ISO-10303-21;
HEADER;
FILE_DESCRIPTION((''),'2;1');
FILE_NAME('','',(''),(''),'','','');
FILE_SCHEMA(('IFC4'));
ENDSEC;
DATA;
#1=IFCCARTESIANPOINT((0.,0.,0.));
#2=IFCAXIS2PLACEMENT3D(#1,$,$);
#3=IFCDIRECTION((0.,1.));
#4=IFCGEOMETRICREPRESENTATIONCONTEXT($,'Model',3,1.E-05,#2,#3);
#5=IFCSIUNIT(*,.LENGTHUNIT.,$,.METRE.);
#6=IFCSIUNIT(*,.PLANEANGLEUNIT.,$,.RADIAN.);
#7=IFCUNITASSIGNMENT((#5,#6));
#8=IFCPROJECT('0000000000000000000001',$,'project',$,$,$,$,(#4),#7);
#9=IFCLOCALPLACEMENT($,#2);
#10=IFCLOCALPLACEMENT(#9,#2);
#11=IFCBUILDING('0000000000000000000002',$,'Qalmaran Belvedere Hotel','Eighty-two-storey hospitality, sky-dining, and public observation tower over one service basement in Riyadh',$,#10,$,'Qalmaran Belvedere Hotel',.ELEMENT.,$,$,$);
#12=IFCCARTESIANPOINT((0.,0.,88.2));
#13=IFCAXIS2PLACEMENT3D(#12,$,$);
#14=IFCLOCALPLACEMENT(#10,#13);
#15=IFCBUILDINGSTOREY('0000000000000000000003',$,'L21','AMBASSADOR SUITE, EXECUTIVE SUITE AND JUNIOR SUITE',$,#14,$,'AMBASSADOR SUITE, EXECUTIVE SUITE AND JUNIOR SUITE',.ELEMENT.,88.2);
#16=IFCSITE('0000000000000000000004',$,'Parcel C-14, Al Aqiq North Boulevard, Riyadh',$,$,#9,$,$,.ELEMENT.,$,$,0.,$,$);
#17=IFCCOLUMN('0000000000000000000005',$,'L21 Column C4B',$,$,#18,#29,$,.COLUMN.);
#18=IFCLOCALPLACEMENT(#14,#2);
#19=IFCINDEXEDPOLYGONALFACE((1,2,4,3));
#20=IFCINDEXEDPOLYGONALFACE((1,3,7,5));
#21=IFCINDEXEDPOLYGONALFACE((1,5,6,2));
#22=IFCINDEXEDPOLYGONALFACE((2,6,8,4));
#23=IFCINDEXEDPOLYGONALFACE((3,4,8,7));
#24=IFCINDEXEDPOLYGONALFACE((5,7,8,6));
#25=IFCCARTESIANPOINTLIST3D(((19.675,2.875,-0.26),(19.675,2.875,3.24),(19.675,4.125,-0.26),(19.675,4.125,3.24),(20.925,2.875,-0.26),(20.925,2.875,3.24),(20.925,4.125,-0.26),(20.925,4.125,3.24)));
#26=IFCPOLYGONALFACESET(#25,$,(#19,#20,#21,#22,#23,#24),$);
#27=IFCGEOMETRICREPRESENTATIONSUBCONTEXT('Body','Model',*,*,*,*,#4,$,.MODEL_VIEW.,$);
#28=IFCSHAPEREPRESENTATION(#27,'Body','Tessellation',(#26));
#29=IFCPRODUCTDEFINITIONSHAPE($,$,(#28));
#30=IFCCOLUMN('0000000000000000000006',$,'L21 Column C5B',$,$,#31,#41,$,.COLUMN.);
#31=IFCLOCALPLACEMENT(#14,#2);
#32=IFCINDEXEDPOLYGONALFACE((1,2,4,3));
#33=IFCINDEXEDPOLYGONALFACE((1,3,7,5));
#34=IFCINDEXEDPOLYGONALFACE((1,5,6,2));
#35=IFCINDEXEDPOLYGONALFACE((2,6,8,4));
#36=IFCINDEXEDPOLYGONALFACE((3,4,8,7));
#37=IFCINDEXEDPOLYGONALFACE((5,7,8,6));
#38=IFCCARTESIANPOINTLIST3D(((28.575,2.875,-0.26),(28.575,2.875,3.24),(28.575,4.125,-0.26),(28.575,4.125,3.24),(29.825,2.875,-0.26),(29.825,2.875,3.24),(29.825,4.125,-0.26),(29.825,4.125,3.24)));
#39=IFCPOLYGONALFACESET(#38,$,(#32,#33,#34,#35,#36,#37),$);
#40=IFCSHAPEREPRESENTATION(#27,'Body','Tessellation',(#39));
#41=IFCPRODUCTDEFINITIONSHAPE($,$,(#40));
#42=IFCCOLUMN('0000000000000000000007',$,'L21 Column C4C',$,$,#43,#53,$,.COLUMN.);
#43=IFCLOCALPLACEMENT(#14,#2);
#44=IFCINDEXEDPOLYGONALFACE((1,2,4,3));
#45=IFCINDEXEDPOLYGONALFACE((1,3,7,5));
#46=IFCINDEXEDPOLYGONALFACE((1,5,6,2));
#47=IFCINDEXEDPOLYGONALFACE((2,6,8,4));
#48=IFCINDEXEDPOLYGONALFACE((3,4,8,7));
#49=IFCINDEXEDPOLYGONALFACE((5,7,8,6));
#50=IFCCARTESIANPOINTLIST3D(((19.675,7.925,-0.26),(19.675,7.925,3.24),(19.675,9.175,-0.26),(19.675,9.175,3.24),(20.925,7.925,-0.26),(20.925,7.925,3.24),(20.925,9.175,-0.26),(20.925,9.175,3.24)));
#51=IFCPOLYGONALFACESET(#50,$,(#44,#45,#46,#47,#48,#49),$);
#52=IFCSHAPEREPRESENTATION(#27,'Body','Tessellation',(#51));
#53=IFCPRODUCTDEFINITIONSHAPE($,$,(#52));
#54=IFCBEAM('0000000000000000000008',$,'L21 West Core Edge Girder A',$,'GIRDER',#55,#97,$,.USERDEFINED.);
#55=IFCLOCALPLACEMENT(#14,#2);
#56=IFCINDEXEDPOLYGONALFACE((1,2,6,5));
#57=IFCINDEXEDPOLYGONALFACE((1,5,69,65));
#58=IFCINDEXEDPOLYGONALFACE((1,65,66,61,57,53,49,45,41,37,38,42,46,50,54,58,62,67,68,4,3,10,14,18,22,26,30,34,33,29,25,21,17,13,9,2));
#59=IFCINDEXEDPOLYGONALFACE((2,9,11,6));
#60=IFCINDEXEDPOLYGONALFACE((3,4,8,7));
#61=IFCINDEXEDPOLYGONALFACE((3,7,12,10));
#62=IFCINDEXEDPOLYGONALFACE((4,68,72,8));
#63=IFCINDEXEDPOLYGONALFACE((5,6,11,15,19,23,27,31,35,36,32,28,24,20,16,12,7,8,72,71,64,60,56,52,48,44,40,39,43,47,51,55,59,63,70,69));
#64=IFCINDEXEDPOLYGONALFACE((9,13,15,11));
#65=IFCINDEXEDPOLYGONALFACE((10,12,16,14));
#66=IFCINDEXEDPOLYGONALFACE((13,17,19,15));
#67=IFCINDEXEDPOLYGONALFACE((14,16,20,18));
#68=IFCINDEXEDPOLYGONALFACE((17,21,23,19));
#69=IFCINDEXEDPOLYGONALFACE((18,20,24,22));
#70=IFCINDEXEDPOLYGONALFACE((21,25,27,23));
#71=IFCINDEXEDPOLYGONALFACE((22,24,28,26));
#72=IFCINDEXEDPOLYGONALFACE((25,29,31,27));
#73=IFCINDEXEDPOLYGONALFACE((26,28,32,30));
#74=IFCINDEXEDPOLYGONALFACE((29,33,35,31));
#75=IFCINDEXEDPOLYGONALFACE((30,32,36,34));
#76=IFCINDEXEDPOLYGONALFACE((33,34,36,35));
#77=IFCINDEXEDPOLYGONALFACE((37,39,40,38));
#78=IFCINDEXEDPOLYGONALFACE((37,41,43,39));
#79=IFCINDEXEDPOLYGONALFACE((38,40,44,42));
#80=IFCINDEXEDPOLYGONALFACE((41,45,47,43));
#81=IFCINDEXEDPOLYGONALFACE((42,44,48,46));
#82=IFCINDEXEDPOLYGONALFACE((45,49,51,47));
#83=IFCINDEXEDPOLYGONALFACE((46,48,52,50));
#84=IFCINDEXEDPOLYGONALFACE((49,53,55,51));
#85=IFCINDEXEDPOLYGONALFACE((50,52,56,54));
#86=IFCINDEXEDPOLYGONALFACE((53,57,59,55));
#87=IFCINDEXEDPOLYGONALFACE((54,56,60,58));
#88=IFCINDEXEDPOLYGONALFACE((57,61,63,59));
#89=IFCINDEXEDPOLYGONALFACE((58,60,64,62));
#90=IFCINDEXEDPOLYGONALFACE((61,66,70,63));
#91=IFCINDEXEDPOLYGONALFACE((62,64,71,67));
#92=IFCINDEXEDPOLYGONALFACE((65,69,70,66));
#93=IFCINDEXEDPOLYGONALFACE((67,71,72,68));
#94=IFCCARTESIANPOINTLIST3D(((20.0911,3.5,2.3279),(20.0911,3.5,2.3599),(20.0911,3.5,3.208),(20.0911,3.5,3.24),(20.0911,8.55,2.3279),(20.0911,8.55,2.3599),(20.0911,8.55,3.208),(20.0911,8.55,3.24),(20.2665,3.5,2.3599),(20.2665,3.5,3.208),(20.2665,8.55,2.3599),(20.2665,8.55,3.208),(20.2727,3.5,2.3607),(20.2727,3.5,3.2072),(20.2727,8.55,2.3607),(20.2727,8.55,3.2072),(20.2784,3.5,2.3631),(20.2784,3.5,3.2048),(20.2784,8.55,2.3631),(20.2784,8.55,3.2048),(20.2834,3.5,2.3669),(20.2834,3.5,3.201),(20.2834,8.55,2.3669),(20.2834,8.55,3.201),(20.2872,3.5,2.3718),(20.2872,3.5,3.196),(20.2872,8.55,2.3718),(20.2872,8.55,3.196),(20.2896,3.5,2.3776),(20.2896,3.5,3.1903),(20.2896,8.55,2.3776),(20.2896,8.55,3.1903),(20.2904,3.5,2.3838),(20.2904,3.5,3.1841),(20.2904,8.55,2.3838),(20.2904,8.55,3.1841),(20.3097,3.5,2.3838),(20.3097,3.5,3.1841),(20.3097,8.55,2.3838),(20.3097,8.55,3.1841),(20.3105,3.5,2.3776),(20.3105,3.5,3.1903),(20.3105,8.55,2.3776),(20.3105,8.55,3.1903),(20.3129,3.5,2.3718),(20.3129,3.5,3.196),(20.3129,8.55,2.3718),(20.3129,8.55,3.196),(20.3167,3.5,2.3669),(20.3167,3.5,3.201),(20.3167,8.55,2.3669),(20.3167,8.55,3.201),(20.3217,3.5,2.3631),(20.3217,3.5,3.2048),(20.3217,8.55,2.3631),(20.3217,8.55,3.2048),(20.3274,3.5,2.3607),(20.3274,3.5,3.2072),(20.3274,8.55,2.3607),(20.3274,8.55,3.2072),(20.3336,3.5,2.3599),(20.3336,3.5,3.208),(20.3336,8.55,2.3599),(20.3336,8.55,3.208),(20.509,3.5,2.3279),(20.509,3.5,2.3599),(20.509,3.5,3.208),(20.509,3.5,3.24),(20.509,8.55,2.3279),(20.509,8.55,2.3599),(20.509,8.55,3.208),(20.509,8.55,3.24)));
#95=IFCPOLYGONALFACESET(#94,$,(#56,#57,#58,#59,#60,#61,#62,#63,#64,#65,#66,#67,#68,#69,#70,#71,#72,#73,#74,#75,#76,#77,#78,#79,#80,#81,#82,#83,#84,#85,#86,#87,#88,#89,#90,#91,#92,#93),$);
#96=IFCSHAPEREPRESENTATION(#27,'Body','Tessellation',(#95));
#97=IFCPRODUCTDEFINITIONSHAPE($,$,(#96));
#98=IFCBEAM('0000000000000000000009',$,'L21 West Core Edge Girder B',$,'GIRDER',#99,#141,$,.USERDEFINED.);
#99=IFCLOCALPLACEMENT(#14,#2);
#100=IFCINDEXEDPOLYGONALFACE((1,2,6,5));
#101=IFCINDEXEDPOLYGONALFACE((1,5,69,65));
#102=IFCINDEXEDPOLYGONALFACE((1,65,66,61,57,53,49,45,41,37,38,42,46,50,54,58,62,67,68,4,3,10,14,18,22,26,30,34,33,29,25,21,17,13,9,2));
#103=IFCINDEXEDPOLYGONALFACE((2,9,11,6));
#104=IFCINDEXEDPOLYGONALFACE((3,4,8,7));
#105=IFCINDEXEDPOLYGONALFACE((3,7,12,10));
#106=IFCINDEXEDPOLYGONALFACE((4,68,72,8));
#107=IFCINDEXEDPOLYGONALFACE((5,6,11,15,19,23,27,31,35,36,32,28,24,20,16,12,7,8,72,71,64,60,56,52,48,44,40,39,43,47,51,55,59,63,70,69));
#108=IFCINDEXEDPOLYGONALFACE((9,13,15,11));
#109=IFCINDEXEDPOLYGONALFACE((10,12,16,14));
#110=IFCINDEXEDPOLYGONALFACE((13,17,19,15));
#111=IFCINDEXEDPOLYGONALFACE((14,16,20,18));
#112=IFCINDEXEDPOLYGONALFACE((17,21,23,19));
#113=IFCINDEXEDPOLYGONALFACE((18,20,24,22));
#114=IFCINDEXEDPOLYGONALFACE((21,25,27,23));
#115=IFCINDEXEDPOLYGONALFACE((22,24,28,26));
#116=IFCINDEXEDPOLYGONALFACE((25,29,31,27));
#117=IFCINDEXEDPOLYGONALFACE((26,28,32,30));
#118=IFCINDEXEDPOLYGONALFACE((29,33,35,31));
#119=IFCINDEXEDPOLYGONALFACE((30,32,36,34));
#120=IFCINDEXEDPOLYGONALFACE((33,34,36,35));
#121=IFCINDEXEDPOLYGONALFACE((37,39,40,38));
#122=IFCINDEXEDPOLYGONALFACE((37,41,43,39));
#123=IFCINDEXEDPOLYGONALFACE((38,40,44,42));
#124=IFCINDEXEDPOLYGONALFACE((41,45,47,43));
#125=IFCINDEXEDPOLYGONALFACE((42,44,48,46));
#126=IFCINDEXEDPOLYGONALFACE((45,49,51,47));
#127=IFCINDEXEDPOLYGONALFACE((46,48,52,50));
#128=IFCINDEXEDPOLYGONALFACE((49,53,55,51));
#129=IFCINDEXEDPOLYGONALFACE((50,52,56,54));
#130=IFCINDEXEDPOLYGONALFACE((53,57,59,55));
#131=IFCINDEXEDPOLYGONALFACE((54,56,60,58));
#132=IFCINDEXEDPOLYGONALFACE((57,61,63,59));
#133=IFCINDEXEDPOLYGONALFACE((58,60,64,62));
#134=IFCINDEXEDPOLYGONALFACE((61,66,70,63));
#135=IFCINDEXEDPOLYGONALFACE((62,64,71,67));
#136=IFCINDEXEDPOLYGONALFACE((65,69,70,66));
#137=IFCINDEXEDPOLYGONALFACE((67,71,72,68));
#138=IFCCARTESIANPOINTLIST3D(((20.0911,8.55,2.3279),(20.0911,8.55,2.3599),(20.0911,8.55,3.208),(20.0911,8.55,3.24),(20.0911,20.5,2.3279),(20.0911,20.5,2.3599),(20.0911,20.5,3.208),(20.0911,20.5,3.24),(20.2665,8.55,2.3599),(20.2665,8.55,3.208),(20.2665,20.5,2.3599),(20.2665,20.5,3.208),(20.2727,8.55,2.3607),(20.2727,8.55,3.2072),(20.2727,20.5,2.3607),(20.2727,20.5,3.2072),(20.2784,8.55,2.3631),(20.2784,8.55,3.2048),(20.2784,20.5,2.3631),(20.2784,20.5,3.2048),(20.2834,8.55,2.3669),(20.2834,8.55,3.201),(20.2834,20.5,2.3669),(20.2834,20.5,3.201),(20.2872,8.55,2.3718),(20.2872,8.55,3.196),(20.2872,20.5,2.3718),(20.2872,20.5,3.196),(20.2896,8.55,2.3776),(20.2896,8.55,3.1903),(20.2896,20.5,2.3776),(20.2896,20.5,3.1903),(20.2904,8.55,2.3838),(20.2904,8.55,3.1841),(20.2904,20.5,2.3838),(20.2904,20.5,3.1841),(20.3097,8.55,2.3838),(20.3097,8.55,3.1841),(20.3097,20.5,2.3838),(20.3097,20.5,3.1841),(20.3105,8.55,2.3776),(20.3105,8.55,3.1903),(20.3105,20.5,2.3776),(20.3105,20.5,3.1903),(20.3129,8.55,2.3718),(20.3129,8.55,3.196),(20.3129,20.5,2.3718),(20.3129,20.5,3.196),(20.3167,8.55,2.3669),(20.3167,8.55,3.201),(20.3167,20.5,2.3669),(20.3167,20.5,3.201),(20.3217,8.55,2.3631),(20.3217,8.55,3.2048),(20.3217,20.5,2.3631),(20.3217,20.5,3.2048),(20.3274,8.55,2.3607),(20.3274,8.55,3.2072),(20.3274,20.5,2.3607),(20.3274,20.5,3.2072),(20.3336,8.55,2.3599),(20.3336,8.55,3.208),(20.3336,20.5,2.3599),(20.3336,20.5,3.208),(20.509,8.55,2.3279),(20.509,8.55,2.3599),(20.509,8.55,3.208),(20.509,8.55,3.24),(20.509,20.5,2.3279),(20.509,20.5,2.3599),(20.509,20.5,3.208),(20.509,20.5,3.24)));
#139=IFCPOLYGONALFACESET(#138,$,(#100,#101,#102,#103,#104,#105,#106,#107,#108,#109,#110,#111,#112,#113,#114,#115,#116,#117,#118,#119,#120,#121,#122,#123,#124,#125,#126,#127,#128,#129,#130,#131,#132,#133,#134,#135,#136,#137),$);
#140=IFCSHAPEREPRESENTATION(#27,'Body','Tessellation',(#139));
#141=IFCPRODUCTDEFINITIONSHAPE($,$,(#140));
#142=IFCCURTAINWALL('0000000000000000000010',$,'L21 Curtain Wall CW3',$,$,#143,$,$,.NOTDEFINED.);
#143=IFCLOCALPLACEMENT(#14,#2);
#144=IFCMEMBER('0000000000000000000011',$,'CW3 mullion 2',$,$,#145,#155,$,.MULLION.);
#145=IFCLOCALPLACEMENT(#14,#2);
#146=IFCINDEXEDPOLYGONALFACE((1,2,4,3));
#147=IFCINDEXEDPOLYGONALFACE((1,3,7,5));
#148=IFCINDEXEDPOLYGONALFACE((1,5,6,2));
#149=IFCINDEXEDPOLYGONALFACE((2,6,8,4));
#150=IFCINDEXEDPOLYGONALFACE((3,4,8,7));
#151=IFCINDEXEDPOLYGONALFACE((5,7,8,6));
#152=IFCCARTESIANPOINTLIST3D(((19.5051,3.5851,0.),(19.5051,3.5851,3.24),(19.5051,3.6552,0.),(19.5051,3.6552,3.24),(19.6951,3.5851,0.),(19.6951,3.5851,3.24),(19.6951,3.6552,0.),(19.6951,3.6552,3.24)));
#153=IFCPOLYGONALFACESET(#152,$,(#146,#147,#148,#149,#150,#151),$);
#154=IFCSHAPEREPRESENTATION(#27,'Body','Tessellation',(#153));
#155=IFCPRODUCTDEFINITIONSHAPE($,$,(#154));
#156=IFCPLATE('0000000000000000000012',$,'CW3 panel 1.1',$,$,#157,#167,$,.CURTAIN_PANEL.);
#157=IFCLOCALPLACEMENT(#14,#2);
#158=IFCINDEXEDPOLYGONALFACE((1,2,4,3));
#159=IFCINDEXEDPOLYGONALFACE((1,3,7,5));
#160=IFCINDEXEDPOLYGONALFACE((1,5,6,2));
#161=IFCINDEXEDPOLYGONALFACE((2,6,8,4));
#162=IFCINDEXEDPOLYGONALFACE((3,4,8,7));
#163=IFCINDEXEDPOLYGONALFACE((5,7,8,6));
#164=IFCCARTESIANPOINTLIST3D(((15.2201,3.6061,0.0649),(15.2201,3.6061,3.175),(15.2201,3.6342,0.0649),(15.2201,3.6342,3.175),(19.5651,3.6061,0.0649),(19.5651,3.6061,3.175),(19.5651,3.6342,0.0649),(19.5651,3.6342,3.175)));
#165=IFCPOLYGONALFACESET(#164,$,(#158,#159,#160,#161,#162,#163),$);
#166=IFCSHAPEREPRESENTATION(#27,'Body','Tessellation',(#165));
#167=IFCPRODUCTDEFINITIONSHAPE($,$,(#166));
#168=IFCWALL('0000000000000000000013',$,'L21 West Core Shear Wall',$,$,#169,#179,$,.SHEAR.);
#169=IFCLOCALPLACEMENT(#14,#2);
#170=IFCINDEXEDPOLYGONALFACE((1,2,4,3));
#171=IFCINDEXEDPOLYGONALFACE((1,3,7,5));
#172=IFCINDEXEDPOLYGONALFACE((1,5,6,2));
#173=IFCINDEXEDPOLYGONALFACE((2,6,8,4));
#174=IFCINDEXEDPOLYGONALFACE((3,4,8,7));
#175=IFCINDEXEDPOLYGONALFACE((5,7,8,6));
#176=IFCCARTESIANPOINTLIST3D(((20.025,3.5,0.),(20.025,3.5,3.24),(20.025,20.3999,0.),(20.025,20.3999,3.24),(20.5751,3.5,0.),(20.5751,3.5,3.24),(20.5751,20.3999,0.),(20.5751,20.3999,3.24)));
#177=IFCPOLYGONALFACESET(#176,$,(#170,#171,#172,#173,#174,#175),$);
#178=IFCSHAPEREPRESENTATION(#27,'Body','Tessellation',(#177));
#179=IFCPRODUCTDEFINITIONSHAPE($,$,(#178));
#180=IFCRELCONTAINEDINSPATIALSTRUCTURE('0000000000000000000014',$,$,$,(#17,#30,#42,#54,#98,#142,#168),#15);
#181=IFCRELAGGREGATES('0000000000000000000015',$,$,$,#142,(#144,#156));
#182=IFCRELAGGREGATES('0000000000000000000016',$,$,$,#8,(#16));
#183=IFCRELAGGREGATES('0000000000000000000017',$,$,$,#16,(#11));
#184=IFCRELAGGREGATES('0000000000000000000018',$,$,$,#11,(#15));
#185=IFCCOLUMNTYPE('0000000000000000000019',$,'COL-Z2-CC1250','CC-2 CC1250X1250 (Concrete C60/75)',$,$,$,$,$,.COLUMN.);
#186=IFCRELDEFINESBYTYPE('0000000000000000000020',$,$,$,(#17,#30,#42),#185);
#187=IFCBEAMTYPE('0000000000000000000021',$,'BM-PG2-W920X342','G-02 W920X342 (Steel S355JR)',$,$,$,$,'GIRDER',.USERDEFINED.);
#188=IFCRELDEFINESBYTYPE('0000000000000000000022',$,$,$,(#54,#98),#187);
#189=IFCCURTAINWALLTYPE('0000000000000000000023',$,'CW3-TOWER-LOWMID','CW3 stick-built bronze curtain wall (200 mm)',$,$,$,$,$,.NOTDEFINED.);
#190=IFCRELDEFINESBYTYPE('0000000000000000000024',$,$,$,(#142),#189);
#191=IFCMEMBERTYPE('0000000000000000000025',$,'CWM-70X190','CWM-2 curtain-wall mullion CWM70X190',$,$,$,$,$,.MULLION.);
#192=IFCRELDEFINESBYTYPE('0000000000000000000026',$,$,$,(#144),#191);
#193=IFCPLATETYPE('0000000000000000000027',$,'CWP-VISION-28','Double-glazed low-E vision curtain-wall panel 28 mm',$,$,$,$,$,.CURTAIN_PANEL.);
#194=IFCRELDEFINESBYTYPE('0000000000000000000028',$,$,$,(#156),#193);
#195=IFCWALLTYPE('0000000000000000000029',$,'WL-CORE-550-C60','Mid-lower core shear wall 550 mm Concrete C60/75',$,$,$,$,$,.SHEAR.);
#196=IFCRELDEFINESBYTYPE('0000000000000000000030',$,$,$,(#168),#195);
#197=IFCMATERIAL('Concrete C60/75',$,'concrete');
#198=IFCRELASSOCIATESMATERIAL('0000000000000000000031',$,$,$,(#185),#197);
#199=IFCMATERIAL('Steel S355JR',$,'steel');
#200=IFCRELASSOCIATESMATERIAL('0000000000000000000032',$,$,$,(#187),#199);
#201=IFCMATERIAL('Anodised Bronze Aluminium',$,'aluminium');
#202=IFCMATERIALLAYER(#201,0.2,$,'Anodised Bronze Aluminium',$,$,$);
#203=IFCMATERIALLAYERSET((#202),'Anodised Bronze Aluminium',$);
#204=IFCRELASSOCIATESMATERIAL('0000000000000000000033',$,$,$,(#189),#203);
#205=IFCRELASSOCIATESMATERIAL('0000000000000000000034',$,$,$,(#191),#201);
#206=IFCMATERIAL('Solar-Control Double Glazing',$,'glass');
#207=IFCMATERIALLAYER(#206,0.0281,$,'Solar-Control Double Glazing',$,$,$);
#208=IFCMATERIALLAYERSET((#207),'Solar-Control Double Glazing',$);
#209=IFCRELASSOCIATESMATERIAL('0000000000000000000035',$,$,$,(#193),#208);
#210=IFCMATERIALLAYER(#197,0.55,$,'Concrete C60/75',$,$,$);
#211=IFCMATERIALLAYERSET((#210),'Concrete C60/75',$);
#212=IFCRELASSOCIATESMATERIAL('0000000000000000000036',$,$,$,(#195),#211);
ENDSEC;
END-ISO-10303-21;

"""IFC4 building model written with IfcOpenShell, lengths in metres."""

from ifc_helpers import new_model, si_unit, direction, frame, frame_2d, origin, origin_2d, place, context, subcontext, project, spatial, rectangle, i_section, extrude, material, layer, layer_set, material_profile, profile_set, type_object, element, aggregate, save


model = new_model("IFC4")

# Units and contexts
model_context = context("Model", 3, precision=1e-05, world=origin(), true_north=direction((0.0, 1.0)))
body_context = subcontext(model_context, "Body", "Model", "MODEL_VIEW")
ifc_project = project(units=[si_unit("LENGTHUNIT", "METRE"), si_unit("PLANEANGLEUNIT", "RADIAN")], contexts=[model_context])

# Site, building, storey
site_placement = place(None, origin())
site = spatial("IfcSite", under=ifc_project, at=site_placement, Name="Parcel C-14, Al Aqiq North Boulevard, Riyadh", CompositionType="ELEMENT", RefElevation=0.0)
building_placement = place(site_placement, origin())
building = spatial("IfcBuilding", under=site, at=building_placement, Name="Qalmaran Belvedere Hotel", Description="Eighty-two-storey hospitality, sky-dining, and public observation tower over one service basement in Riyadh", LongName="Qalmaran Belvedere Hotel", CompositionType="ELEMENT")
storey_placement = place(building_placement, frame((0.0, 0.0, 88.2)))
storey = spatial("IfcBuildingStorey", under=building, at=storey_placement, Name="L21", Description="AMBASSADOR SUITE, EXECUTIVE SUITE AND JUNIOR SUITE", LongName="AMBASSADOR SUITE, EXECUTIVE SUITE AND JUNIOR SUITE", CompositionType="ELEMENT", Elevation=88.2)

# Columns
ifc_material_1 = material(Name="Concrete C60/75", Category="concrete")
ifc_material_profile_1 = material_profile(ifc_material_1, rectangle(XDim=1.25, YDim=1.25, at=origin_2d()), Name="CC1250X1250")
ifc_profile_set_1 = profile_set([ifc_material_profile_1], Name="Concrete C60/75")
column_type = type_object("IfcColumnType", Name="COL-Z2-CC1250", Description="CC-2 CC1250X1250 (Concrete C60/75)", PredefinedType="COLUMN", material=ifc_profile_set_1)
for number, where, z_axis, x_axis, name in (
    (1, (20.3, 3.5, -0.26), (0.0, 0.0, 1.0), (1.0, 0.0, 0.0), "L21 Column C4B"),
    (2, (29.2, 3.5, -0.26), (0.0, 0.0, 1.0), (1.0, 0.0, 0.0), "L21 Column C5B"),
    (3, (20.3, 8.55, -0.26), (0.0, 0.0, 1.0), (1.0, 0.0, 0.0), "L21 Column C4C"),
):
    element("IfcColumn", number, at=place(storey_placement, frame(where, z_axis=z_axis, x_axis=x_axis)), inside=storey, type_object=column_type, Name=name, PredefinedType="COLUMN", context=body_context, shape_type="SweptSolid", body=[
        extrude(rectangle(XDim=1.25, YDim=1.25, at=origin_2d()), origin(), (0.0, 0.0, 1.0), 3.5),
    ])

# Beams
ifc_material_2 = material(Name="Steel S355JR", Category="steel")
ifc_material_profile_2 = material_profile(ifc_material_2, i_section(OverallWidth=0.418, OverallDepth=0.9121, WebThickness=0.0193, FlangeThickness=0.032, FilletRadius=0.0239, at=origin_2d()), Name="W920X342")
ifc_profile_set_2 = profile_set([ifc_material_profile_2], Name="Steel S355JR")
beam_type = type_object("IfcBeamType", Name="BM-PG2-W920X342", Description="G-02 W920X342 (Steel S355JR)", ElementType="GIRDER", PredefinedType="USERDEFINED", material=ifc_profile_set_2)
beam_1_placement = place(storey_placement, frame((20.3, 3.5, 2.7839), z_axis=(0.0, 1.0, 0.0), x_axis=(-1.0, 0.0, 0.0)))
element("IfcBeam", 4, at=beam_1_placement, inside=storey, type_object=beam_type, Name="L21 West Core Edge Girder A", ObjectType="GIRDER", PredefinedType="USERDEFINED", context=body_context, shape_type="SweptSolid", body=[
    extrude(i_section(OverallWidth=0.418, OverallDepth=0.9121, WebThickness=0.0193, FlangeThickness=0.032, FilletRadius=0.0239, at=origin_2d()), origin(), (0.0, 0.0, 1.0), 5.05),
])
beam_2_placement = place(storey_placement, frame((20.3, 8.55, 2.7839), z_axis=(0.0, 1.0, 0.0), x_axis=(-1.0, 0.0, 0.0)))
element("IfcBeam", 5, at=beam_2_placement, inside=storey, type_object=beam_type, Name="L21 West Core Edge Girder B", ObjectType="GIRDER", PredefinedType="USERDEFINED", context=body_context, shape_type="SweptSolid", body=[
    extrude(i_section(OverallWidth=0.418, OverallDepth=0.9121, WebThickness=0.0193, FlangeThickness=0.032, FilletRadius=0.0239, at=origin_2d()), origin(), (0.0, 0.0, 1.0), 11.95),
])

# Curtain wall, member, plate
ifc_material_3 = material(Name="Anodised Bronze Aluminium", Category="aluminium")
ifc_layer_1 = layer(ifc_material_3, 0.2, Name="Anodised Bronze Aluminium")
ifc_layer_set_1 = layer_set([ifc_layer_1], Name="Anodised Bronze Aluminium")
curtain_wall_type = type_object("IfcCurtainWallType", Name="CW3-TOWER-LOWMID", Description="CW3 stick-built bronze curtain wall (200 mm)", PredefinedType="NOTDEFINED", material=ifc_layer_set_1)
curtain_wall_placement = place(storey_placement, origin())
curtain_wall = element("IfcCurtainWall", 6, at=curtain_wall_placement, inside=storey, type_object=curtain_wall_type, Name="L21 Curtain Wall CW3", PredefinedType="NOTDEFINED")
ifc_material_profile_3 = material_profile(ifc_material_3, rectangle(XDim=0.0701, YDim=0.1899, at=origin_2d()), Name="CWM70X190")
ifc_profile_set_3 = profile_set([ifc_material_profile_3], Name="Anodised Bronze Aluminium")
member_type = type_object("IfcMemberType", Name="CWM-70X190", Description="CWM-2 curtain-wall mullion CWM70X190", PredefinedType="MULLION", material=ifc_profile_set_3)
member_placement = place(storey_placement, frame((19.6001, 3.6201, 0.0), z_axis=(0.0, 0.0, 1.0), x_axis=(0.0, 1.0, 0.0)))
member = element("IfcMember", 7, at=member_placement, type_object=member_type, Name="CW3 mullion 2", PredefinedType="MULLION", context=body_context, shape_type="SweptSolid", body=[
    extrude(rectangle(XDim=0.0701, YDim=0.1899, at=origin_2d()), origin(), (0.0, 0.0, 1.0), 3.24),
])
ifc_material_4 = material(Name="Solar-Control Double Glazing", Category="glass")
ifc_layer_2 = layer(ifc_material_4, 0.0281, Name="Solar-Control Double Glazing")
ifc_layer_set_2 = layer_set([ifc_layer_2], Name="Solar-Control Double Glazing")
plate_type = type_object("IfcPlateType", Name="CWP-VISION-28", Description="Double-glazed low-E vision curtain-wall panel 28 mm", PredefinedType="CURTAIN_PANEL", material=ifc_layer_set_2)
plate_placement = place(storey_placement, frame((17.3926, 3.6201, 0.0649), z_axis=(0.0, 0.0, 1.0), x_axis=(1.0, 0.0, 0.0)))
plate = element("IfcPlate", 8, at=plate_placement, type_object=plate_type, Name="CW3 panel 1.1", PredefinedType="CURTAIN_PANEL", context=body_context, shape_type="SweptSolid", body=[
    extrude(rectangle(XDim=4.345, YDim=0.0281, at=origin_2d()), origin(), (0.0, 0.0, 1.0), 3.1101),
])
aggregate(curtain_wall, [member, plate])

# Wall
ifc_layer_3 = layer(ifc_material_1, 0.55, Name="Concrete C60/75")
ifc_layer_set_3 = layer_set([ifc_layer_3], Name="Concrete C60/75")
wall_type_1 = type_object("IfcWallType", Name="WL-CORE-550-C60", Description="Mid-lower core shear wall 550 mm Concrete C60/75", PredefinedType="SHEAR", material=ifc_layer_set_3)
wall_1_placement = place(storey_placement, frame((20.3, 3.5, 0.0), z_axis=(0.0, 0.0, 1.0), x_axis=(0.0, 1.0, 0.0)))
element("IfcWall", 9, at=wall_1_placement, inside=storey, type_object=wall_type_1, Name="L21 West Core Shear Wall", PredefinedType="SHEAR", context=body_context, shape_type="SweptSolid", body=[
    extrude(rectangle(XDim=16.8999, YDim=0.55, at=frame_2d((8.45, 0.0))), origin(), (0.0, 0.0, 1.0), 3.24),
])

save(model, "model.ifc")
